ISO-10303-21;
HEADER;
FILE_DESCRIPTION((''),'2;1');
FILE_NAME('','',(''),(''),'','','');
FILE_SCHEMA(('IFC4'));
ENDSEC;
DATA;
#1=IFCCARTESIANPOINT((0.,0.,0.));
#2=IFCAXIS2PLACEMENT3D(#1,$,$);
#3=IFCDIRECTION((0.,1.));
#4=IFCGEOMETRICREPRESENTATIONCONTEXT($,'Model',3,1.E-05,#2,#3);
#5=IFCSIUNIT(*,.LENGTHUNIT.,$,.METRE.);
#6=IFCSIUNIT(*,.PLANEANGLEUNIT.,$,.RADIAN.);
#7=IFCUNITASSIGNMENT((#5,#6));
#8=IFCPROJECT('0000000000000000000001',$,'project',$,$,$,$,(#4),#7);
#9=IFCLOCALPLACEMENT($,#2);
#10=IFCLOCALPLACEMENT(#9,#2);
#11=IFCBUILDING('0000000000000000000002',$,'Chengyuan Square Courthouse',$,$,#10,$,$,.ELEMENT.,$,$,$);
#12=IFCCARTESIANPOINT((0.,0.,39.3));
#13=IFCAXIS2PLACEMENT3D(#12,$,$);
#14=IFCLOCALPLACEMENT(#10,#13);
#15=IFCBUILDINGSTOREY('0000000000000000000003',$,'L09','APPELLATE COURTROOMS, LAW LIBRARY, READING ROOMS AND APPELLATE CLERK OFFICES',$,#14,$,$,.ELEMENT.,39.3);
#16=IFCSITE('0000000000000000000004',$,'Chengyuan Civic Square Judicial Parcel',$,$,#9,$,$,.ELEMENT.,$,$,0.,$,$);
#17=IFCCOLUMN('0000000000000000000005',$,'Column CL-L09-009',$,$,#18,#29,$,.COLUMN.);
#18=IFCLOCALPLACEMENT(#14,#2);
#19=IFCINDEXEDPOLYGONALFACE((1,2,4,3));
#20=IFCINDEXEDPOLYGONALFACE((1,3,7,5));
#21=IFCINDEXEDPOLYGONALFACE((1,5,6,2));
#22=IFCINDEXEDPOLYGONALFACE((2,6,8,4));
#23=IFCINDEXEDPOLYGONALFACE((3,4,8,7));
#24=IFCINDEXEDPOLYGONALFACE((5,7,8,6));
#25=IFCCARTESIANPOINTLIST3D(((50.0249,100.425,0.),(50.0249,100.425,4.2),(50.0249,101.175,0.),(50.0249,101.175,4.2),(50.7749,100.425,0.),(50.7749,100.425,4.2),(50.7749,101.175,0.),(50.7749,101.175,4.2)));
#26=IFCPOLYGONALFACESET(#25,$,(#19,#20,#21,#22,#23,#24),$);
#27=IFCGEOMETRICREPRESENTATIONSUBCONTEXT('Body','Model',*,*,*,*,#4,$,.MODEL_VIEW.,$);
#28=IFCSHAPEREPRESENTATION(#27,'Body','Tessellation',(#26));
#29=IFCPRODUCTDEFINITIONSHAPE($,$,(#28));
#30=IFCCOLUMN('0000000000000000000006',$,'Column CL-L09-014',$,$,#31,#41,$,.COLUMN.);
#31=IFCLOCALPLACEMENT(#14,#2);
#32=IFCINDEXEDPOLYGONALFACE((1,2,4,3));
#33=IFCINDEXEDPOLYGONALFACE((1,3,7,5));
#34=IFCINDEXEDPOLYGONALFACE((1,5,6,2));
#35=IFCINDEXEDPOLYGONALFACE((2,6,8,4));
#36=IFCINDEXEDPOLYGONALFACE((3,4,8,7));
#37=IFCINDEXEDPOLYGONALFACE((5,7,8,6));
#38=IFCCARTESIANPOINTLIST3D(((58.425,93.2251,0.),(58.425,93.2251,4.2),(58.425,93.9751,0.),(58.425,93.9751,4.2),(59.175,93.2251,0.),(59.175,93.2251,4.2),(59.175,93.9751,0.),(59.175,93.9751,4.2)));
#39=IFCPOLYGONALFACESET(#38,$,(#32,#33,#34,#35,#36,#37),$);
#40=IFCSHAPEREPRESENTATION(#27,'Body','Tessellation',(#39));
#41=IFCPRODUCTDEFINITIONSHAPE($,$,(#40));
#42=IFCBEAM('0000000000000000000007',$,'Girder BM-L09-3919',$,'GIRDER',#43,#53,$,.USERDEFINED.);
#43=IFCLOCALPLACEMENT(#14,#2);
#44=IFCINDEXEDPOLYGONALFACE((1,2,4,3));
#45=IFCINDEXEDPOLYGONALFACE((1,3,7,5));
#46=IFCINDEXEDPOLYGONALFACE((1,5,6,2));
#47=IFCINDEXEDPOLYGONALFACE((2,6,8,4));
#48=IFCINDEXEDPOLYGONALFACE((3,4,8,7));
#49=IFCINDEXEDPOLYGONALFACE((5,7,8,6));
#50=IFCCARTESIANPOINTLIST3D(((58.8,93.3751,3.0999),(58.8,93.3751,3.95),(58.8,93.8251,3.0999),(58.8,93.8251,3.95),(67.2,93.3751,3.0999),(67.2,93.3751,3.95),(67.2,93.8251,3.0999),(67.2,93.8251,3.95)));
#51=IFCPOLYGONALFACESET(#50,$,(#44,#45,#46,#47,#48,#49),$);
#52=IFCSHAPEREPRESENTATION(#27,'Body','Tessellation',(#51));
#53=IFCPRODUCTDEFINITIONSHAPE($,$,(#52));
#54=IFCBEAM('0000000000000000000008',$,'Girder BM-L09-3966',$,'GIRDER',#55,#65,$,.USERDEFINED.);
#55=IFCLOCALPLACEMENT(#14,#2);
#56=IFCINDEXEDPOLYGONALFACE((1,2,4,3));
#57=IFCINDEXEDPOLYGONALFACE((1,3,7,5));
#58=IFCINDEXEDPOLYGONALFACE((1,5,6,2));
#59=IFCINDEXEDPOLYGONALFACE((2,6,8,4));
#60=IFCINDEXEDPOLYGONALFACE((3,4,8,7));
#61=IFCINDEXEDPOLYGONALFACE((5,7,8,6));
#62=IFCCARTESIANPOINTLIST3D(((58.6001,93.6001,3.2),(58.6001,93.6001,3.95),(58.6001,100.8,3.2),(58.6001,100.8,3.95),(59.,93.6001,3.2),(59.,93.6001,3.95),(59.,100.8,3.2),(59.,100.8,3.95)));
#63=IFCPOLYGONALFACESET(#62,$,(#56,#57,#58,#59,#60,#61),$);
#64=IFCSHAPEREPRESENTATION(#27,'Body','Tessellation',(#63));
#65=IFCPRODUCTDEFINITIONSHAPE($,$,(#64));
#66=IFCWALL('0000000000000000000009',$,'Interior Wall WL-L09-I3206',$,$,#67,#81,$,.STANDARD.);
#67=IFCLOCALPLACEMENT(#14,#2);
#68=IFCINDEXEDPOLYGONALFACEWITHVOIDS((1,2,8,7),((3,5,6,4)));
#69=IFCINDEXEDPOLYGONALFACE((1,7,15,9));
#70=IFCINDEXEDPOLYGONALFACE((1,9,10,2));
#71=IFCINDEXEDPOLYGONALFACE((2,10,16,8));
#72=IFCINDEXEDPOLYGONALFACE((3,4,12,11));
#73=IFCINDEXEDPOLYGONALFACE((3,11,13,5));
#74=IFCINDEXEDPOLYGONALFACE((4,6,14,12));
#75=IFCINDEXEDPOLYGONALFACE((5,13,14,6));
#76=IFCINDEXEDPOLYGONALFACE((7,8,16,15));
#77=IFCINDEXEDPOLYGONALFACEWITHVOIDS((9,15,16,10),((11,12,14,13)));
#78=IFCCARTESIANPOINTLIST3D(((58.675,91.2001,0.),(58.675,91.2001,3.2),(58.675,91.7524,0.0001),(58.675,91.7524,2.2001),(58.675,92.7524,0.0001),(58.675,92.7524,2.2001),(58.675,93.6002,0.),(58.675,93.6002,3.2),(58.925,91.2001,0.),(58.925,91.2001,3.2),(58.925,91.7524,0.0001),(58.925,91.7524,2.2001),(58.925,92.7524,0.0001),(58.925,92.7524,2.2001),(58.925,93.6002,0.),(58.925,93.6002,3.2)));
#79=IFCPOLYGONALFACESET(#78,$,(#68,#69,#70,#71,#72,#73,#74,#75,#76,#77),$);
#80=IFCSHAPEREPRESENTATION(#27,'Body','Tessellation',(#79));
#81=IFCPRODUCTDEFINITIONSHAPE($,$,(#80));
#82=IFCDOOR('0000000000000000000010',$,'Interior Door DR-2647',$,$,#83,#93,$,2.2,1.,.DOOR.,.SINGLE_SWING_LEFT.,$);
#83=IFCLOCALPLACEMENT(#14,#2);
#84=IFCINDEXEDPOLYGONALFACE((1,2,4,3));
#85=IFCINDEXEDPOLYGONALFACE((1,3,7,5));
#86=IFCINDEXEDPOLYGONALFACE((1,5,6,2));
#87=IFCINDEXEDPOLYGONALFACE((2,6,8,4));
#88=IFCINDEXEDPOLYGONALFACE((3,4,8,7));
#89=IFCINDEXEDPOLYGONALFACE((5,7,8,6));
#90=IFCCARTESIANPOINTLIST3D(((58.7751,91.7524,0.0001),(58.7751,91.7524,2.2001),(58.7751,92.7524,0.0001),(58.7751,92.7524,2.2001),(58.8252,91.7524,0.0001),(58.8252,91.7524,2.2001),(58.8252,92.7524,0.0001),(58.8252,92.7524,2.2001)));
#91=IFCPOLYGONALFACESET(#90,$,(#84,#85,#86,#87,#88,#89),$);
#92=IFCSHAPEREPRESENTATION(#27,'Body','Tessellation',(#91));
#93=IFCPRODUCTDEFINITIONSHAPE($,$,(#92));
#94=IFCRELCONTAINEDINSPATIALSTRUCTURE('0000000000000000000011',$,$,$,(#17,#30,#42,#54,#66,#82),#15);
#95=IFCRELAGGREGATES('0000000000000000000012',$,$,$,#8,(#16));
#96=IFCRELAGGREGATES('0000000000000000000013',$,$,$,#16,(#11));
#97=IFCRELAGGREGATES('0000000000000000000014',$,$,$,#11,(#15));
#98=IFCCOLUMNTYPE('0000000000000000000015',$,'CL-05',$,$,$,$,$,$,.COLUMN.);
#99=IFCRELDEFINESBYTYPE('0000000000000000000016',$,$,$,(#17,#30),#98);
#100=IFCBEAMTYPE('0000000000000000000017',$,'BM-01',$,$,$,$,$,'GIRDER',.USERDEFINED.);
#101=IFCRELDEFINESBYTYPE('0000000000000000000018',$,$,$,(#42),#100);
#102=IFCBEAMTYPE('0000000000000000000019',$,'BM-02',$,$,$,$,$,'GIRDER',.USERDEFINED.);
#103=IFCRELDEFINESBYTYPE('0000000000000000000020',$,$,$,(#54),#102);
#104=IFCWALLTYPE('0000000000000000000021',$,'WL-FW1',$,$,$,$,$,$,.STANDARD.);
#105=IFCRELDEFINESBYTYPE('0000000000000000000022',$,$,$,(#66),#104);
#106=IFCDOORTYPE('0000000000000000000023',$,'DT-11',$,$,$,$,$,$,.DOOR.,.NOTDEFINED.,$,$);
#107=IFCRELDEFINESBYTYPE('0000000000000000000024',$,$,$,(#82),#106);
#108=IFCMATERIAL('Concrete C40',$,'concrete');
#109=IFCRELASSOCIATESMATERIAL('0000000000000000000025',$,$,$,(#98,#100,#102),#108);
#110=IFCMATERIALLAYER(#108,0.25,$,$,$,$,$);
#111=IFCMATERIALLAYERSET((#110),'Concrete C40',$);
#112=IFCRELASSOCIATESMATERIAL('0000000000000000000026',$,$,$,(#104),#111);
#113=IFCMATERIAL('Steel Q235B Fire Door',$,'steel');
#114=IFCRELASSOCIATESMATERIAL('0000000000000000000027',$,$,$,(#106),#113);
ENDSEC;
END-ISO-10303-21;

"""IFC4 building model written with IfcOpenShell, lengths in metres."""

from ifc_helpers import new_model, si_unit, direction, frame, frame_2d, origin, origin_2d, place, context, subcontext, project, spatial, rectangle, extrude, material, layer, layer_set, material_profile, profile_set, type_object, element, fill, save


model = new_model("IFC4")

# Units and contexts
model_context = context("Model", 3, precision=1e-05, world=origin(), true_north=direction((0.0, 1.0)))
body_context = subcontext(model_context, "Body", "Model", "MODEL_VIEW")
ifc_project = project(units=[si_unit("LENGTHUNIT", "METRE"), si_unit("PLANEANGLEUNIT", "RADIAN")], contexts=[model_context])

# Site, building, storey
site_placement = place(None, origin())
site = spatial("IfcSite", under=ifc_project, at=site_placement, Name="Chengyuan Civic Square Judicial Parcel", CompositionType="ELEMENT", RefElevation=0.0)
building_placement = place(site_placement, origin())
building = spatial("IfcBuilding", under=site, at=building_placement, Name="Chengyuan Square Courthouse", CompositionType="ELEMENT")
storey_placement = place(building_placement, frame((0.0, 0.0, 39.3)))
storey = spatial("IfcBuildingStorey", under=building, at=storey_placement, Name="L09", Description="APPELLATE COURTROOMS, LAW LIBRARY, READING ROOMS AND APPELLATE CLERK OFFICES", CompositionType="ELEMENT", Elevation=39.3)

# Columns
ifc_material_1 = material(Name="Concrete C40", Category="concrete")
ifc_material_profile_1 = material_profile(ifc_material_1, rectangle(XDim=0.75, YDim=0.75, at=origin_2d()), Name="RC-COL-750x750")
ifc_profile_set_1 = profile_set([ifc_material_profile_1], Name="Concrete C40")
column_type = type_object("IfcColumnType", Name="CL-05", PredefinedType="COLUMN", material=ifc_profile_set_1)
for number, where, z_axis, x_axis, name in (
    (1, (50.3999, 100.8, 0.0), (0.0, 0.0, 1.0), (1.0, 0.0, 0.0), "Column CL-L09-009"),
    (2, (58.8, 93.6001, 0.0), (0.0, 0.0, 1.0), (1.0, 0.0, 0.0), "Column CL-L09-014"),
):
    element("IfcColumn", number, at=place(storey_placement, frame(where, z_axis=z_axis, x_axis=x_axis)), inside=storey, type_object=column_type, Name=name, PredefinedType="COLUMN", context=body_context, shape_type="SweptSolid", body=[
        extrude(rectangle(XDim=0.75, YDim=0.75, at=origin_2d()), origin(), (0.0, 0.0, 1.0), 4.2),
    ])

# Beams
ifc_material_profile_2 = material_profile(ifc_material_1, rectangle(XDim=0.45, YDim=0.8501, at=origin_2d()), Name="RC-BM-450x850")
ifc_profile_set_2 = profile_set([ifc_material_profile_2], Name="Concrete C40")
beam_type_1 = type_object("IfcBeamType", Name="BM-01", ElementType="GIRDER", PredefinedType="USERDEFINED", material=ifc_profile_set_2)
beam_1_placement = place(storey_placement, frame((58.8, 93.6001, 3.5249), z_axis=(1.0, 0.0, 0.0), x_axis=(0.0, 1.0, 0.0)))
element("IfcBeam", 3, at=beam_1_placement, inside=storey, type_object=beam_type_1, Name="Girder BM-L09-3919", ObjectType="GIRDER", PredefinedType="USERDEFINED", context=body_context, shape_type="SweptSolid", body=[
    extrude(rectangle(XDim=0.45, YDim=0.8501, at=origin_2d()), origin(), (0.0, 0.0, 1.0), 8.3999),
])
ifc_material_profile_3 = material_profile(ifc_material_1, rectangle(XDim=0.3999, YDim=0.75, at=origin_2d()), Name="RC-BM-400x750")
ifc_profile_set_3 = profile_set([ifc_material_profile_3], Name="Concrete C40")
beam_type_2 = type_object("IfcBeamType", Name="BM-02", ElementType="GIRDER", PredefinedType="USERDEFINED", material=ifc_profile_set_3)
beam_2_placement = place(storey_placement, frame((58.8, 93.6001, 3.575), z_axis=(0.0, 1.0, 0.0), x_axis=(-1.0, 0.0, 0.0)))
element("IfcBeam", 4, at=beam_2_placement, inside=storey, type_object=beam_type_2, Name="Girder BM-L09-3966", ObjectType="GIRDER", PredefinedType="USERDEFINED", context=body_context, shape_type="SweptSolid", body=[
    extrude(rectangle(XDim=0.3999, YDim=0.75, at=origin_2d()), origin(), (0.0, 0.0, 1.0), 7.2),
])

# Wall, opening, door
ifc_layer_1 = layer(ifc_material_1, 0.25)
ifc_layer_set_1 = layer_set([ifc_layer_1], Name="Concrete C40")
wall_type_1 = type_object("IfcWallType", Name="WL-FW1", PredefinedType="STANDARD", material=ifc_layer_set_1)
wall_1_placement = place(storey_placement, frame((58.8, 91.2, 0.0), z_axis=(0.0, 0.0, 1.0), x_axis=(0.0, 1.0, 0.0)))
wall_1 = element("IfcWall", 5, at=wall_1_placement, inside=storey, type_object=wall_type_1, Name="Interior Wall WL-L09-I3206", PredefinedType="STANDARD", context=body_context, shape_type="SweptSolid", body=[
    extrude(rectangle(XDim=2.4001, YDim=0.25, at=frame_2d((1.2002, 0.0))), origin(), (0.0, 0.0, 1.0), 3.2),
])
opening_1_placement = place(wall_1_placement, frame((0.5525, 0.0, 0.0)))
opening_1 = element("IfcOpeningElement", 6, at=opening_1_placement, cuts=wall_1, PredefinedType="OPENING", context=body_context, shape_type="SweptSolid", body=[
    extrude(rectangle(XDim=1.0, YDim=2.2, at=frame_2d((0.5, 1.1001))), frame((0.0, 0.137, 0.0), z_axis=(0.0, -1.0, 0.0), x_axis=(1.0, 0.0, 0.0)), (0.0, 0.0, 1.0), 0.2739),
])
ifc_material_2 = material(Name="Steel Q235B Fire Door", Category="steel")
door_type_1 = type_object("IfcDoorType", Name="DT-11", OperationType="NOTDEFINED", PredefinedType="DOOR", material=ifc_material_2)
door_1_placement = place(opening_1_placement, origin())
door_1 = element("IfcDoor", 7, at=door_1_placement, inside=storey, type_object=door_type_1, Name="Interior Door DR-2647", OperationType="SINGLE_SWING_LEFT", OverallHeight=2.2, OverallWidth=1.0, PredefinedType="DOOR", context=body_context, shape_type="SweptSolid", body=[
    extrude(rectangle(XDim=1.0, YDim=2.2, at=frame_2d((0.5, 1.1001))), frame((0.0, 0.0249, 0.0), z_axis=(0.0, -1.0, 0.0), x_axis=(1.0, 0.0, 0.0)), (0.0, 0.0, 1.0), 0.05),
])
fill(opening_1, door_1)

save(model, "model.ifc")
